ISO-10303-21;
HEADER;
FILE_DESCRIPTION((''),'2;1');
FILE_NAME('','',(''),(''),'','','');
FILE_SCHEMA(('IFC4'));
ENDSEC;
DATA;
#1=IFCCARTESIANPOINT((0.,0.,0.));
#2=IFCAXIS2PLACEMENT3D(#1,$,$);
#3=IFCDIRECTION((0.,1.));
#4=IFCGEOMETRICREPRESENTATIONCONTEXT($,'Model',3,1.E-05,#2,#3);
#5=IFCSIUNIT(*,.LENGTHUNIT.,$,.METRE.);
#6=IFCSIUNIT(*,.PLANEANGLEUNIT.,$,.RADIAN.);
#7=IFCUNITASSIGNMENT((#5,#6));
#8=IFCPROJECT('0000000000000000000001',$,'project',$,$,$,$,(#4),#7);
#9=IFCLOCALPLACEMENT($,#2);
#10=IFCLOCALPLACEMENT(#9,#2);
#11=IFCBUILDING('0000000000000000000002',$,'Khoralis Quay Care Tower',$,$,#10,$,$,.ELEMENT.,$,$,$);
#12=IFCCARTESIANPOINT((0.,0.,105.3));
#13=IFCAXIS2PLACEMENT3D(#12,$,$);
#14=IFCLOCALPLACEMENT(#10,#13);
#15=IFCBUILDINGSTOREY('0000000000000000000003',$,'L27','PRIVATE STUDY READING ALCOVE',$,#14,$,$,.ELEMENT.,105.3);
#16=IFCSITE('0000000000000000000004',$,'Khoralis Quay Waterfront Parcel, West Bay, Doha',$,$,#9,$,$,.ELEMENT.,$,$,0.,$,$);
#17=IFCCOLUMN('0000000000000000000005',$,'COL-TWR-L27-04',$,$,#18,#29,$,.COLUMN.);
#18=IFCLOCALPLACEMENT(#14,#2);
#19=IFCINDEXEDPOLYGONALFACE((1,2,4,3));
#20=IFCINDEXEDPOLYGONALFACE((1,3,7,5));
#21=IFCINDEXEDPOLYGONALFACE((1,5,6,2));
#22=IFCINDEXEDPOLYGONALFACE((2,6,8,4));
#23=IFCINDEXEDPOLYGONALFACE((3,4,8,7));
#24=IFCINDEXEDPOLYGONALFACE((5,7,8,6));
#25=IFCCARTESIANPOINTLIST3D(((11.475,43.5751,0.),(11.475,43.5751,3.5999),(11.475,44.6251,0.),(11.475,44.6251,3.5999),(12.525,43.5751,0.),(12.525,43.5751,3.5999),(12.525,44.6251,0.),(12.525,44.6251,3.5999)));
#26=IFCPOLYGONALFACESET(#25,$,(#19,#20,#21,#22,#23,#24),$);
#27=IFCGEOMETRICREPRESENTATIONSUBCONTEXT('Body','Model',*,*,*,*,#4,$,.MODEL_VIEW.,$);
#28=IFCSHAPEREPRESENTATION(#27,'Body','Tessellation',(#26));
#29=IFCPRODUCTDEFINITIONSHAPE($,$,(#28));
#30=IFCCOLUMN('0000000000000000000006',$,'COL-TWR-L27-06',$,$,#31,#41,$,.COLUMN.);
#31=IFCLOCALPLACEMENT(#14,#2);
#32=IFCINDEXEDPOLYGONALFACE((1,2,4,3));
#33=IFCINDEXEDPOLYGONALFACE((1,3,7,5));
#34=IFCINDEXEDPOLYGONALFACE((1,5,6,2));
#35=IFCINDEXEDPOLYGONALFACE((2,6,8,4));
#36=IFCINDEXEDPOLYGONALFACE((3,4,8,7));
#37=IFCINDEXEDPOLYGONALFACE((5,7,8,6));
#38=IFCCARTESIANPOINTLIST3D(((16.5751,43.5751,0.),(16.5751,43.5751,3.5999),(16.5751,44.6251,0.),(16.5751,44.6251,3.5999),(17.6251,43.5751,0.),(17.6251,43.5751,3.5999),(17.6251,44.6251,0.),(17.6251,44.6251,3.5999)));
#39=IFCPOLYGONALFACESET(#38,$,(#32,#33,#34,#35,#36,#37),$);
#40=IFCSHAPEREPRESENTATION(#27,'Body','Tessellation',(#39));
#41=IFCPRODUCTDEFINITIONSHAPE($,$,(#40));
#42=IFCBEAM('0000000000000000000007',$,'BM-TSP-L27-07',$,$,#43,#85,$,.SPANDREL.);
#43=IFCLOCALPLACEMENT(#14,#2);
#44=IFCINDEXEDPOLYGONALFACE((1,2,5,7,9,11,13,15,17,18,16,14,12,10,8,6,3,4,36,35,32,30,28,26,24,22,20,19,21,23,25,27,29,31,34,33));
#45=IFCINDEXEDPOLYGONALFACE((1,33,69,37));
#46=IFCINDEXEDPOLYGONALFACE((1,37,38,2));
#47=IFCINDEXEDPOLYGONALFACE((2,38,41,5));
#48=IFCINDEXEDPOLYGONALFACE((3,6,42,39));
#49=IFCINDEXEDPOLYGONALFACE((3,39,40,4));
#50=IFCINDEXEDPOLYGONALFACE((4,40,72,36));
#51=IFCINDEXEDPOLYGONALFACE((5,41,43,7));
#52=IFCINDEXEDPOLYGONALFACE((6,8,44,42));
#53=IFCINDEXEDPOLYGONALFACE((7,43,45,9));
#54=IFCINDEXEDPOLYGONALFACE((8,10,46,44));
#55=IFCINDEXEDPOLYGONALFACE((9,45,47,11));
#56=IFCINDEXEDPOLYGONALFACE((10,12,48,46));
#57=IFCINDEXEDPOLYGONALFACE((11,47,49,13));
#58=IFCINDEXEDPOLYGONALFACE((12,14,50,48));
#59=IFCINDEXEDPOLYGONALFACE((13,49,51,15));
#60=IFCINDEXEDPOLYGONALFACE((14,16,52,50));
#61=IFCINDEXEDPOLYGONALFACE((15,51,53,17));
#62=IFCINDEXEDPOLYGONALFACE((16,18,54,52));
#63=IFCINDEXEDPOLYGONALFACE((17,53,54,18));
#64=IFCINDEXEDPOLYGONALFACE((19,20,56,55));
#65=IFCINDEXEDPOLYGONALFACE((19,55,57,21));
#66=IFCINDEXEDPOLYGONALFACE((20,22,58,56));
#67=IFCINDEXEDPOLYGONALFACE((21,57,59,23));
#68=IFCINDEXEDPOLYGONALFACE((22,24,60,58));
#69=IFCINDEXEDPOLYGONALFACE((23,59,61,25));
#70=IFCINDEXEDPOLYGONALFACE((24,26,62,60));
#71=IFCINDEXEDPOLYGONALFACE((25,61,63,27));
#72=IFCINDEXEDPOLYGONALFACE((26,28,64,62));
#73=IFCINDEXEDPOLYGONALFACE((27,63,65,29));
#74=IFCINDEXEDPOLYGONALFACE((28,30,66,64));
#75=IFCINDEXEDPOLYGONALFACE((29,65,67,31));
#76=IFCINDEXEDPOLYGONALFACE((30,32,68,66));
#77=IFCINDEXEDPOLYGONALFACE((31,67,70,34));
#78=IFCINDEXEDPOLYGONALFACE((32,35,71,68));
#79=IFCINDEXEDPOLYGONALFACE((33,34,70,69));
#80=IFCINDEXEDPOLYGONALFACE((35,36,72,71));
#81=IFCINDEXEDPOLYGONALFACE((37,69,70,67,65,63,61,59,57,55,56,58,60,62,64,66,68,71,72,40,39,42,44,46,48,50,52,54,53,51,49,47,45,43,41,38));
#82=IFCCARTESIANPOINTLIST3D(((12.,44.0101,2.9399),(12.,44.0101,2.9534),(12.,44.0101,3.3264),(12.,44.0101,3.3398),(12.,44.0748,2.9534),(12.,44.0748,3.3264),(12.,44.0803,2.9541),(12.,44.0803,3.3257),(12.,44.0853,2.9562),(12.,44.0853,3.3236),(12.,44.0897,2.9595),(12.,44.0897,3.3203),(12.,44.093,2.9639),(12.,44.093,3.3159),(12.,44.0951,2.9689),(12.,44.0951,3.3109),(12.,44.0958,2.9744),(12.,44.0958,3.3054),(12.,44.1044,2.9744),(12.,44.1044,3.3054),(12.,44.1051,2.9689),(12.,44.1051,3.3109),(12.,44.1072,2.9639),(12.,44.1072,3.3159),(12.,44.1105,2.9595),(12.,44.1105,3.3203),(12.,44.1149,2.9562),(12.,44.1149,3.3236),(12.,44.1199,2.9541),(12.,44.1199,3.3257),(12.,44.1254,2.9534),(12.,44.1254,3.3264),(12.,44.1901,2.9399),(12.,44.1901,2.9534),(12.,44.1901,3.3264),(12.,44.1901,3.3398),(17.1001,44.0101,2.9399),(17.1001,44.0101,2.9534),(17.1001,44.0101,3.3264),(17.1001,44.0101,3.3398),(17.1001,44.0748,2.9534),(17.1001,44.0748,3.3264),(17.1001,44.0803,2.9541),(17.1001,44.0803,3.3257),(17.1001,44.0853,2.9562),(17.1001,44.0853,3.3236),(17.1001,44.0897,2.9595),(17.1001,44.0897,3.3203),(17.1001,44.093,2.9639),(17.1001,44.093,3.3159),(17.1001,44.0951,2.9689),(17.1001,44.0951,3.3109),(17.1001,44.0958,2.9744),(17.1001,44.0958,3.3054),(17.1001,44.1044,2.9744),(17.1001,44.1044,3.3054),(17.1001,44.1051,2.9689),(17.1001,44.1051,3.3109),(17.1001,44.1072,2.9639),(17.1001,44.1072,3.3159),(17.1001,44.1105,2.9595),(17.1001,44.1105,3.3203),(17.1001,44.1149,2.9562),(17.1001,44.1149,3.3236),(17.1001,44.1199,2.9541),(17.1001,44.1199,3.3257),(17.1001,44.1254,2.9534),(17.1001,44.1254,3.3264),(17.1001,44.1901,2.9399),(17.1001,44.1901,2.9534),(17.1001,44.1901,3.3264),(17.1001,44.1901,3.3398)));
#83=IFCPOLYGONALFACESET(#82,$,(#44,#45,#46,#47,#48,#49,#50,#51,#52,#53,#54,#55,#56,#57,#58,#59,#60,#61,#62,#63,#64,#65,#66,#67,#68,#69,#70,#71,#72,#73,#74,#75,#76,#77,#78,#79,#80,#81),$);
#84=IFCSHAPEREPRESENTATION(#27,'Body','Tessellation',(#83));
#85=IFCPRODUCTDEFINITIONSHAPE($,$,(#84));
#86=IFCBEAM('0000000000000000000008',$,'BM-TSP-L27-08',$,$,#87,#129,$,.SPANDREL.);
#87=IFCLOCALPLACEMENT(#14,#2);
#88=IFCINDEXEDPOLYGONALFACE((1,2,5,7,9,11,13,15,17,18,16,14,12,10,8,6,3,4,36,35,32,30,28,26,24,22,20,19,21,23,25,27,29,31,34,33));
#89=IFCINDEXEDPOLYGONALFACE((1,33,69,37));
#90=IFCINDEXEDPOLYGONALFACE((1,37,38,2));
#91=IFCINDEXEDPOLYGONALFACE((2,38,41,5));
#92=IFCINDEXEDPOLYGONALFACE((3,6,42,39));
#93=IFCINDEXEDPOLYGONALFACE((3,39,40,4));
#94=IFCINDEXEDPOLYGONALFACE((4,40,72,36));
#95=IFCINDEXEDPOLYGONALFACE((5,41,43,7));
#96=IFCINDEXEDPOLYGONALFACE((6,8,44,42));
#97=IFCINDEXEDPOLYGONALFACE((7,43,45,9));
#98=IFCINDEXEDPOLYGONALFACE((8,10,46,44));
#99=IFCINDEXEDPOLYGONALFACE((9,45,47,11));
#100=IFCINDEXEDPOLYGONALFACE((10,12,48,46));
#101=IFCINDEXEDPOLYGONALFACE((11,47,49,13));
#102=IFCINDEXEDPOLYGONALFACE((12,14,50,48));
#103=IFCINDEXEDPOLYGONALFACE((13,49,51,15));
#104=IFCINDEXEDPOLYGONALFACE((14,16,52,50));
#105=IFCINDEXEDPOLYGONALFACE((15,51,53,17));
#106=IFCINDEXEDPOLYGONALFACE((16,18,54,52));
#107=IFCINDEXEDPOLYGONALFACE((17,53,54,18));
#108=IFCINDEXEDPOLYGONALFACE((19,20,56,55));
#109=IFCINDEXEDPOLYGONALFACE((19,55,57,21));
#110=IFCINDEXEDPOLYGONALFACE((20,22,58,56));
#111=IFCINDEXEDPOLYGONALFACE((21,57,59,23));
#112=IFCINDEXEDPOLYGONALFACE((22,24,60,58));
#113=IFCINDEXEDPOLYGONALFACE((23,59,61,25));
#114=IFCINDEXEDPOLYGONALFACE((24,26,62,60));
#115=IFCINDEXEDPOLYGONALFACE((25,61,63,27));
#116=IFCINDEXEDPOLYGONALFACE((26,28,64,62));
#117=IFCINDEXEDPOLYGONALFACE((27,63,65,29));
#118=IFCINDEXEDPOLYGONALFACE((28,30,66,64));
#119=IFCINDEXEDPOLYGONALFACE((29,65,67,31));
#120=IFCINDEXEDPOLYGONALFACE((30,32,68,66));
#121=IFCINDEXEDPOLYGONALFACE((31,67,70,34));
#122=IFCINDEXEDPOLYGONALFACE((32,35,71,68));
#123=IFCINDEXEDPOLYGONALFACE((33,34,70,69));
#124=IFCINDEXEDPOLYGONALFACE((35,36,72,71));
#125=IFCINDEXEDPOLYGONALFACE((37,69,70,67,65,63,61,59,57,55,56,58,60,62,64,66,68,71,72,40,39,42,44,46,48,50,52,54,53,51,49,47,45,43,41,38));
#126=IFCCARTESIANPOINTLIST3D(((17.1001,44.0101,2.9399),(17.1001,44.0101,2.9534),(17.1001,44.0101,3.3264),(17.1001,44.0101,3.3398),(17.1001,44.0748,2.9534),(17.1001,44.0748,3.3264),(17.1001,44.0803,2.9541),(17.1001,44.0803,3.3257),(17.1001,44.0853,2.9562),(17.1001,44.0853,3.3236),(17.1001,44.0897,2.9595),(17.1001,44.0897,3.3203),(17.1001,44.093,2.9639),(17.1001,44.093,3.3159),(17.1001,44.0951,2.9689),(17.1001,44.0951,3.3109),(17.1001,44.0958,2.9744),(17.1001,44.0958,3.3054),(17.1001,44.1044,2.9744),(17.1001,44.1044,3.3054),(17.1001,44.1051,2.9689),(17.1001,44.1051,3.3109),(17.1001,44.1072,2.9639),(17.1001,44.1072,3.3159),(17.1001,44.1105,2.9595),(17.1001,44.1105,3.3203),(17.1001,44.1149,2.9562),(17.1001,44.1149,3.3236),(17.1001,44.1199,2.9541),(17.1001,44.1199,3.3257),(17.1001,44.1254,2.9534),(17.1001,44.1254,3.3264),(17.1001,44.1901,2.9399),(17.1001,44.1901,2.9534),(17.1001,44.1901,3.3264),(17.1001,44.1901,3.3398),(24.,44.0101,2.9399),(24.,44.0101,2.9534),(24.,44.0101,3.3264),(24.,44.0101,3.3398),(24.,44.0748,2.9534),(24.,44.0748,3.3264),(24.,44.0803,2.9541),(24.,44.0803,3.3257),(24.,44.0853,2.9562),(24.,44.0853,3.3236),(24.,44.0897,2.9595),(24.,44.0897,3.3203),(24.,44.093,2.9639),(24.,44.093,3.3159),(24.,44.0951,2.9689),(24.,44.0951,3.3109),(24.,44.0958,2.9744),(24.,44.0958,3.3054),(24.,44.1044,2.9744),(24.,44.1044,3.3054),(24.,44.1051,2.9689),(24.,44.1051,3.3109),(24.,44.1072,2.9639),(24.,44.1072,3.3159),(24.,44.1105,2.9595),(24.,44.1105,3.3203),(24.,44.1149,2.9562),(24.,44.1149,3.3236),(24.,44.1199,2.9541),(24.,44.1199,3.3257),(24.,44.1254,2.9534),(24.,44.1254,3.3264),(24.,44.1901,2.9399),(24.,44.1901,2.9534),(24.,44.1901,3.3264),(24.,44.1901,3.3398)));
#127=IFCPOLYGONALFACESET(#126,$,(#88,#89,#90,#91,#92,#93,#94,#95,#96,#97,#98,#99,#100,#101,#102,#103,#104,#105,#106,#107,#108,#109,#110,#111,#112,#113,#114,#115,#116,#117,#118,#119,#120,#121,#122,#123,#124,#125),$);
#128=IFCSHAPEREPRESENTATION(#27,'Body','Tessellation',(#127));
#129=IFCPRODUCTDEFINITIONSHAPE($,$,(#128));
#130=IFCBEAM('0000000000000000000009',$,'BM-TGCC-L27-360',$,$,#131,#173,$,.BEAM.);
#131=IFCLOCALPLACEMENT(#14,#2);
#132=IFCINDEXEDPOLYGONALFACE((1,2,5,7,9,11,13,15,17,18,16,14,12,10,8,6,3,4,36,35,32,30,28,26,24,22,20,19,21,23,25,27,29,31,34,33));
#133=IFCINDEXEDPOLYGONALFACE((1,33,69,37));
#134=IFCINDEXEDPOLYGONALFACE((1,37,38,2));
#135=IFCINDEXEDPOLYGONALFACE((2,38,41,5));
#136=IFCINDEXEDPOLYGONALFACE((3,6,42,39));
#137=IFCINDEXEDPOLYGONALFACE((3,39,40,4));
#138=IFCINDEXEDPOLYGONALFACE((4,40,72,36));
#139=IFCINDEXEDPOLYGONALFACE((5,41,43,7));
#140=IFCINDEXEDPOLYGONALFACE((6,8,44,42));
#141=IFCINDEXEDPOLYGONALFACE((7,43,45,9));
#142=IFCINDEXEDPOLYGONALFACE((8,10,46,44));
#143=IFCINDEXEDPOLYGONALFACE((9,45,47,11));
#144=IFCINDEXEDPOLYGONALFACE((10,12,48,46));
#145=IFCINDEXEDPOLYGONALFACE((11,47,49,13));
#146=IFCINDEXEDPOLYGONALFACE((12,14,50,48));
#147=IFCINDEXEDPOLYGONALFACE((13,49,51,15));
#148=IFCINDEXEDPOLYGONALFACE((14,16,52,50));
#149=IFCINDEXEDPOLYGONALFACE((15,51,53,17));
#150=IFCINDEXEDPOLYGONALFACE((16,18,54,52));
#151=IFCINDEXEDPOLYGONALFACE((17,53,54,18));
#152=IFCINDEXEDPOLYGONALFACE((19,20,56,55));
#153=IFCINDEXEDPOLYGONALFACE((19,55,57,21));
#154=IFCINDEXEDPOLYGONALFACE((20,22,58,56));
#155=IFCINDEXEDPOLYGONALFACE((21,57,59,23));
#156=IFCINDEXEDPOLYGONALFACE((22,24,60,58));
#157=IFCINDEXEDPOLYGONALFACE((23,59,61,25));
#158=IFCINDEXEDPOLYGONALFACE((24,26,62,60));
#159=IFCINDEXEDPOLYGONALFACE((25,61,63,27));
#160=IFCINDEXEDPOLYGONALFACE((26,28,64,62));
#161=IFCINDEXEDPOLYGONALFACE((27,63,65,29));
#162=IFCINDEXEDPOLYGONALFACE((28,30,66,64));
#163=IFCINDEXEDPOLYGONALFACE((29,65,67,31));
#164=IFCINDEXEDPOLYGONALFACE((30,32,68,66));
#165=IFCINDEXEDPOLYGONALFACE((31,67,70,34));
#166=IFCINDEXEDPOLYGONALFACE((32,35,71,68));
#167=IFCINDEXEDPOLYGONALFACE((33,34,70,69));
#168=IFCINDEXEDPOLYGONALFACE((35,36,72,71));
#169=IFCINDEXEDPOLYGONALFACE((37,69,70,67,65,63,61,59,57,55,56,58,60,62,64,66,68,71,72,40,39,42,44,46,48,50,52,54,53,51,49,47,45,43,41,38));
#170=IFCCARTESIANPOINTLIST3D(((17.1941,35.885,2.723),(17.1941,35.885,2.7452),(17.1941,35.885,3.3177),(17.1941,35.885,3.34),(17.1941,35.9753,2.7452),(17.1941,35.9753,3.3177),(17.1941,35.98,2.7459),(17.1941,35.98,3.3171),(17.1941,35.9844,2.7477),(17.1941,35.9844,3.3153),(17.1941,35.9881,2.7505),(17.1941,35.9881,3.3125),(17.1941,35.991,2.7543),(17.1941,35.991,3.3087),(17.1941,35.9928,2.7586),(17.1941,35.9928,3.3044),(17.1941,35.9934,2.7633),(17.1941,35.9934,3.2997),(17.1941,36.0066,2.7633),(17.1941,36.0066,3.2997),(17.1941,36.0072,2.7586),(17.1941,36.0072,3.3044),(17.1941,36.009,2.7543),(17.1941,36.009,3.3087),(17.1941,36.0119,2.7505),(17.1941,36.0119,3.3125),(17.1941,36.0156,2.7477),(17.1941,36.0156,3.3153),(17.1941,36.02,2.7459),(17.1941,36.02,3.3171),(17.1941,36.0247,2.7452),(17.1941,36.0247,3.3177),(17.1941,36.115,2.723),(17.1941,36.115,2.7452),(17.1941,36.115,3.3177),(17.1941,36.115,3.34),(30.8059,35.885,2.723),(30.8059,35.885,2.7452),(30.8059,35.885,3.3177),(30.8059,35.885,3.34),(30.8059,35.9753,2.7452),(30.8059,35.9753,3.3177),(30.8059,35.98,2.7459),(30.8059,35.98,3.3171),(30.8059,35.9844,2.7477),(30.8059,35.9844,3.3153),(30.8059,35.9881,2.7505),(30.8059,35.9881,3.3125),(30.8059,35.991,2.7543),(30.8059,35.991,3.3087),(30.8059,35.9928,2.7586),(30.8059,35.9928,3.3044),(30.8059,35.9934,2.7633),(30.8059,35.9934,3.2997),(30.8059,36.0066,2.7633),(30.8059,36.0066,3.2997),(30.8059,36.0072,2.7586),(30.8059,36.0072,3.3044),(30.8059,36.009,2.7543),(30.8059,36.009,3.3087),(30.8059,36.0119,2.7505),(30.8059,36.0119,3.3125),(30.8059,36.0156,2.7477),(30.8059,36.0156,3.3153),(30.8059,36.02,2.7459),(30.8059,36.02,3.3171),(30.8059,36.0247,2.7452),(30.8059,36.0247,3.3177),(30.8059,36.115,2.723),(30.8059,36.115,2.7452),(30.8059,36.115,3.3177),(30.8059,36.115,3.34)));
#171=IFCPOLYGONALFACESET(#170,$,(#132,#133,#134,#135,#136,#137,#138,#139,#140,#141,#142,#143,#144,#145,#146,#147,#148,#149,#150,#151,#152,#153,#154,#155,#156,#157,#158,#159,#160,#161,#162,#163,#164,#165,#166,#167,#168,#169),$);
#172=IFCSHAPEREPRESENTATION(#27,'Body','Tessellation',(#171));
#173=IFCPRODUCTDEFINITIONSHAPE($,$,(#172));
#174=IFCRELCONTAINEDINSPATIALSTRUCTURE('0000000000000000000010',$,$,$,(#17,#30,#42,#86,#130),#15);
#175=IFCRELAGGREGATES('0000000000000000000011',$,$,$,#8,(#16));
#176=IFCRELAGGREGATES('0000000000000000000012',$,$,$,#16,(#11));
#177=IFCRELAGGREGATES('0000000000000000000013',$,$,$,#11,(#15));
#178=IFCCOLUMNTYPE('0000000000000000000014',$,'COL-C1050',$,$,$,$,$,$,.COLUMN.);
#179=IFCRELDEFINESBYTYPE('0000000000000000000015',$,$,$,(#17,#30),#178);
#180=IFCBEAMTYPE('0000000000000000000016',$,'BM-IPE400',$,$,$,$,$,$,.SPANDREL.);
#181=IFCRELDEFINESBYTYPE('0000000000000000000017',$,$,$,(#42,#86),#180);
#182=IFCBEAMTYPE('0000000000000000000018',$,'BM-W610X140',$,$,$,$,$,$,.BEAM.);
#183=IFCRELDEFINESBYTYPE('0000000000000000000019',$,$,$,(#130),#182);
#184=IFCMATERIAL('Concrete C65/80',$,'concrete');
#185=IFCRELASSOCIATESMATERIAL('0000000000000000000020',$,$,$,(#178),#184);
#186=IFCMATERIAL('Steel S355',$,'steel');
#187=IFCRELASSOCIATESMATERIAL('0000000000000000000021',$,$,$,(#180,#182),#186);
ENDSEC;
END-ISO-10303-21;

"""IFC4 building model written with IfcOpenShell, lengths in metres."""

from ifc_helpers import new_model, si_unit, direction, frame, origin, origin_2d, place, context, subcontext, project, spatial, rectangle, i_section, extrude, source, transform, mapped, material, material_profile, profile_set, type_object, element, save


model = new_model("IFC4")

# Units and contexts
model_context = context("Model", 3, precision=1e-05, world=origin(), true_north=direction((0.0, 1.0)))
body_context = subcontext(model_context, "Body", "Model", "MODEL_VIEW")
ifc_project = project(units=[si_unit("LENGTHUNIT", "METRE"), si_unit("PLANEANGLEUNIT", "RADIAN")], contexts=[model_context])

# Site, building, storey
site_placement = place(None, origin())
site = spatial("IfcSite", under=ifc_project, at=site_placement, Name="Khoralis Quay Waterfront Parcel, West Bay, Doha", CompositionType="ELEMENT", RefElevation=0.0)
building_placement = place(site_placement, origin())
building = spatial("IfcBuilding", under=site, at=building_placement, Name="Khoralis Quay Care Tower", CompositionType="ELEMENT")
storey_placement = place(building_placement, frame((0.0, 0.0, 105.3)))
storey = spatial("IfcBuildingStorey", under=building, at=storey_placement, Name="L27", Description="PRIVATE STUDY READING ALCOVE", CompositionType="ELEMENT", Elevation=105.3)

# Columns
ifc_material_1 = material(Name="Concrete C65/80", Category="concrete")
ifc_material_profile_1 = material_profile(ifc_material_1, rectangle(XDim=1.05, YDim=1.05, at=origin_2d()), Name="Concrete C65/80")
ifc_profile_set_1 = profile_set([ifc_material_profile_1], Name="Concrete C65/80")
column_type = type_object("IfcColumnType", Name="COL-C1050", PredefinedType="COLUMN", material=ifc_profile_set_1)
shared_shape_1 = source(origin(), body_context, "Body", "SweptSolid", [
    extrude(rectangle(XDim=1.05, YDim=1.05, at=origin_2d()), origin(), (0.0, 0.0, 1.0), 3.5999),
])
for number, where, z_axis, x_axis, name in (
    (1, (12.0, 44.1001, 0.0), (0.0, 0.0, 1.0), (1.0, 0.0, 0.0), "COL-TWR-L27-04"),
    (2, (17.1001, 44.1001, 0.0), (0.0, 0.0, 1.0), (1.0, 0.0, 0.0), "COL-TWR-L27-06"),
):
    element("IfcColumn", number, at=place(storey_placement, frame(where, z_axis=z_axis, x_axis=x_axis)), inside=storey, type_object=column_type, Name=name, PredefinedType="COLUMN", context=body_context, shape_type="MappedRepresentation", body=[
        mapped(shared_shape_1, transform((0.0, 0.0, 0.0), scale=1.0)),
    ])

# Beams
ifc_material_2 = material(Name="Steel S355", Category="steel")
ifc_material_profile_2 = material_profile(ifc_material_2, i_section(OverallWidth=0.1799, OverallDepth=0.3999, WebThickness=0.0085, FlangeThickness=0.0134, FilletRadius=0.021, at=origin_2d()), Name="Steel S355")
ifc_profile_set_2 = profile_set([ifc_material_profile_2], Name="Steel S355")
beam_type_1 = type_object("IfcBeamType", Name="BM-IPE400", PredefinedType="SPANDREL", material=ifc_profile_set_2)
shared_shape_2 = source(origin(), body_context, "Body", "SweptSolid", [
    extrude(i_section(OverallWidth=0.1799, OverallDepth=0.3999, WebThickness=0.0085, FlangeThickness=0.0134, FilletRadius=0.021, at=origin_2d()), origin(), (0.0, 0.0, 1.0), 5.1001),
])
beam_1_placement = place(storey_placement, frame((12.0, 44.1001, 3.1399), z_axis=(1.0, 0.0, 0.0), x_axis=(0.0, 1.0, 0.0)))
element("IfcBeam", 3, at=beam_1_placement, inside=storey, type_object=beam_type_1, Name="BM-TSP-L27-07", PredefinedType="SPANDREL", context=body_context, shape_type="MappedRepresentation", body=[
    mapped(shared_shape_2, transform((0.0, 0.0, 0.0), scale=1.0)),
])
shared_shape_3 = source(origin(), body_context, "Body", "SweptSolid", [
    extrude(i_section(OverallWidth=0.1799, OverallDepth=0.3999, WebThickness=0.0085, FlangeThickness=0.0134, FilletRadius=0.021, at=origin_2d()), origin(), (0.0, 0.0, 1.0), 6.8999),
])
beam_2_placement = place(storey_placement, frame((17.1001, 44.1001, 3.1399), z_axis=(1.0, 0.0, 0.0), x_axis=(0.0, 1.0, 0.0)))
element("IfcBeam", 4, at=beam_2_placement, inside=storey, type_object=beam_type_1, Name="BM-TSP-L27-08", PredefinedType="SPANDREL", context=body_context, shape_type="MappedRepresentation", body=[
    mapped(shared_shape_3, transform((0.0, 0.0, 0.0), scale=1.0)),
])
ifc_material_profile_3 = material_profile(ifc_material_2, i_section(OverallWidth=0.23, OverallDepth=0.6169, WebThickness=0.0132, FlangeThickness=0.0222, FilletRadius=0.0181, at=origin_2d()), Name="Steel S355")
ifc_profile_set_3 = profile_set([ifc_material_profile_3], Name="Steel S355")
beam_type_2 = type_object("IfcBeamType", Name="BM-W610X140", PredefinedType="BEAM", material=ifc_profile_set_3)
shared_shape_4 = source(origin(), body_context, "Body", "SweptSolid", [
    extrude(i_section(OverallWidth=0.23, OverallDepth=0.6169, WebThickness=0.0132, FlangeThickness=0.0222, FilletRadius=0.0181, at=origin_2d()), origin(), (0.0, 0.0, 1.0), 13.6118),
])
beam_3_placement = place(storey_placement, frame((17.1941, 36.0, 3.0315), z_axis=(1.0, 0.0, 0.0), x_axis=(0.0, 1.0, 0.0)))
element("IfcBeam", 5, at=beam_3_placement, inside=storey, type_object=beam_type_2, Name="BM-TGCC-L27-360", PredefinedType="BEAM", context=body_context, shape_type="MappedRepresentation", body=[
    mapped(shared_shape_4, transform((0.0, 0.0, 0.0), scale=1.0)),
])

save(model, "model.ifc")
